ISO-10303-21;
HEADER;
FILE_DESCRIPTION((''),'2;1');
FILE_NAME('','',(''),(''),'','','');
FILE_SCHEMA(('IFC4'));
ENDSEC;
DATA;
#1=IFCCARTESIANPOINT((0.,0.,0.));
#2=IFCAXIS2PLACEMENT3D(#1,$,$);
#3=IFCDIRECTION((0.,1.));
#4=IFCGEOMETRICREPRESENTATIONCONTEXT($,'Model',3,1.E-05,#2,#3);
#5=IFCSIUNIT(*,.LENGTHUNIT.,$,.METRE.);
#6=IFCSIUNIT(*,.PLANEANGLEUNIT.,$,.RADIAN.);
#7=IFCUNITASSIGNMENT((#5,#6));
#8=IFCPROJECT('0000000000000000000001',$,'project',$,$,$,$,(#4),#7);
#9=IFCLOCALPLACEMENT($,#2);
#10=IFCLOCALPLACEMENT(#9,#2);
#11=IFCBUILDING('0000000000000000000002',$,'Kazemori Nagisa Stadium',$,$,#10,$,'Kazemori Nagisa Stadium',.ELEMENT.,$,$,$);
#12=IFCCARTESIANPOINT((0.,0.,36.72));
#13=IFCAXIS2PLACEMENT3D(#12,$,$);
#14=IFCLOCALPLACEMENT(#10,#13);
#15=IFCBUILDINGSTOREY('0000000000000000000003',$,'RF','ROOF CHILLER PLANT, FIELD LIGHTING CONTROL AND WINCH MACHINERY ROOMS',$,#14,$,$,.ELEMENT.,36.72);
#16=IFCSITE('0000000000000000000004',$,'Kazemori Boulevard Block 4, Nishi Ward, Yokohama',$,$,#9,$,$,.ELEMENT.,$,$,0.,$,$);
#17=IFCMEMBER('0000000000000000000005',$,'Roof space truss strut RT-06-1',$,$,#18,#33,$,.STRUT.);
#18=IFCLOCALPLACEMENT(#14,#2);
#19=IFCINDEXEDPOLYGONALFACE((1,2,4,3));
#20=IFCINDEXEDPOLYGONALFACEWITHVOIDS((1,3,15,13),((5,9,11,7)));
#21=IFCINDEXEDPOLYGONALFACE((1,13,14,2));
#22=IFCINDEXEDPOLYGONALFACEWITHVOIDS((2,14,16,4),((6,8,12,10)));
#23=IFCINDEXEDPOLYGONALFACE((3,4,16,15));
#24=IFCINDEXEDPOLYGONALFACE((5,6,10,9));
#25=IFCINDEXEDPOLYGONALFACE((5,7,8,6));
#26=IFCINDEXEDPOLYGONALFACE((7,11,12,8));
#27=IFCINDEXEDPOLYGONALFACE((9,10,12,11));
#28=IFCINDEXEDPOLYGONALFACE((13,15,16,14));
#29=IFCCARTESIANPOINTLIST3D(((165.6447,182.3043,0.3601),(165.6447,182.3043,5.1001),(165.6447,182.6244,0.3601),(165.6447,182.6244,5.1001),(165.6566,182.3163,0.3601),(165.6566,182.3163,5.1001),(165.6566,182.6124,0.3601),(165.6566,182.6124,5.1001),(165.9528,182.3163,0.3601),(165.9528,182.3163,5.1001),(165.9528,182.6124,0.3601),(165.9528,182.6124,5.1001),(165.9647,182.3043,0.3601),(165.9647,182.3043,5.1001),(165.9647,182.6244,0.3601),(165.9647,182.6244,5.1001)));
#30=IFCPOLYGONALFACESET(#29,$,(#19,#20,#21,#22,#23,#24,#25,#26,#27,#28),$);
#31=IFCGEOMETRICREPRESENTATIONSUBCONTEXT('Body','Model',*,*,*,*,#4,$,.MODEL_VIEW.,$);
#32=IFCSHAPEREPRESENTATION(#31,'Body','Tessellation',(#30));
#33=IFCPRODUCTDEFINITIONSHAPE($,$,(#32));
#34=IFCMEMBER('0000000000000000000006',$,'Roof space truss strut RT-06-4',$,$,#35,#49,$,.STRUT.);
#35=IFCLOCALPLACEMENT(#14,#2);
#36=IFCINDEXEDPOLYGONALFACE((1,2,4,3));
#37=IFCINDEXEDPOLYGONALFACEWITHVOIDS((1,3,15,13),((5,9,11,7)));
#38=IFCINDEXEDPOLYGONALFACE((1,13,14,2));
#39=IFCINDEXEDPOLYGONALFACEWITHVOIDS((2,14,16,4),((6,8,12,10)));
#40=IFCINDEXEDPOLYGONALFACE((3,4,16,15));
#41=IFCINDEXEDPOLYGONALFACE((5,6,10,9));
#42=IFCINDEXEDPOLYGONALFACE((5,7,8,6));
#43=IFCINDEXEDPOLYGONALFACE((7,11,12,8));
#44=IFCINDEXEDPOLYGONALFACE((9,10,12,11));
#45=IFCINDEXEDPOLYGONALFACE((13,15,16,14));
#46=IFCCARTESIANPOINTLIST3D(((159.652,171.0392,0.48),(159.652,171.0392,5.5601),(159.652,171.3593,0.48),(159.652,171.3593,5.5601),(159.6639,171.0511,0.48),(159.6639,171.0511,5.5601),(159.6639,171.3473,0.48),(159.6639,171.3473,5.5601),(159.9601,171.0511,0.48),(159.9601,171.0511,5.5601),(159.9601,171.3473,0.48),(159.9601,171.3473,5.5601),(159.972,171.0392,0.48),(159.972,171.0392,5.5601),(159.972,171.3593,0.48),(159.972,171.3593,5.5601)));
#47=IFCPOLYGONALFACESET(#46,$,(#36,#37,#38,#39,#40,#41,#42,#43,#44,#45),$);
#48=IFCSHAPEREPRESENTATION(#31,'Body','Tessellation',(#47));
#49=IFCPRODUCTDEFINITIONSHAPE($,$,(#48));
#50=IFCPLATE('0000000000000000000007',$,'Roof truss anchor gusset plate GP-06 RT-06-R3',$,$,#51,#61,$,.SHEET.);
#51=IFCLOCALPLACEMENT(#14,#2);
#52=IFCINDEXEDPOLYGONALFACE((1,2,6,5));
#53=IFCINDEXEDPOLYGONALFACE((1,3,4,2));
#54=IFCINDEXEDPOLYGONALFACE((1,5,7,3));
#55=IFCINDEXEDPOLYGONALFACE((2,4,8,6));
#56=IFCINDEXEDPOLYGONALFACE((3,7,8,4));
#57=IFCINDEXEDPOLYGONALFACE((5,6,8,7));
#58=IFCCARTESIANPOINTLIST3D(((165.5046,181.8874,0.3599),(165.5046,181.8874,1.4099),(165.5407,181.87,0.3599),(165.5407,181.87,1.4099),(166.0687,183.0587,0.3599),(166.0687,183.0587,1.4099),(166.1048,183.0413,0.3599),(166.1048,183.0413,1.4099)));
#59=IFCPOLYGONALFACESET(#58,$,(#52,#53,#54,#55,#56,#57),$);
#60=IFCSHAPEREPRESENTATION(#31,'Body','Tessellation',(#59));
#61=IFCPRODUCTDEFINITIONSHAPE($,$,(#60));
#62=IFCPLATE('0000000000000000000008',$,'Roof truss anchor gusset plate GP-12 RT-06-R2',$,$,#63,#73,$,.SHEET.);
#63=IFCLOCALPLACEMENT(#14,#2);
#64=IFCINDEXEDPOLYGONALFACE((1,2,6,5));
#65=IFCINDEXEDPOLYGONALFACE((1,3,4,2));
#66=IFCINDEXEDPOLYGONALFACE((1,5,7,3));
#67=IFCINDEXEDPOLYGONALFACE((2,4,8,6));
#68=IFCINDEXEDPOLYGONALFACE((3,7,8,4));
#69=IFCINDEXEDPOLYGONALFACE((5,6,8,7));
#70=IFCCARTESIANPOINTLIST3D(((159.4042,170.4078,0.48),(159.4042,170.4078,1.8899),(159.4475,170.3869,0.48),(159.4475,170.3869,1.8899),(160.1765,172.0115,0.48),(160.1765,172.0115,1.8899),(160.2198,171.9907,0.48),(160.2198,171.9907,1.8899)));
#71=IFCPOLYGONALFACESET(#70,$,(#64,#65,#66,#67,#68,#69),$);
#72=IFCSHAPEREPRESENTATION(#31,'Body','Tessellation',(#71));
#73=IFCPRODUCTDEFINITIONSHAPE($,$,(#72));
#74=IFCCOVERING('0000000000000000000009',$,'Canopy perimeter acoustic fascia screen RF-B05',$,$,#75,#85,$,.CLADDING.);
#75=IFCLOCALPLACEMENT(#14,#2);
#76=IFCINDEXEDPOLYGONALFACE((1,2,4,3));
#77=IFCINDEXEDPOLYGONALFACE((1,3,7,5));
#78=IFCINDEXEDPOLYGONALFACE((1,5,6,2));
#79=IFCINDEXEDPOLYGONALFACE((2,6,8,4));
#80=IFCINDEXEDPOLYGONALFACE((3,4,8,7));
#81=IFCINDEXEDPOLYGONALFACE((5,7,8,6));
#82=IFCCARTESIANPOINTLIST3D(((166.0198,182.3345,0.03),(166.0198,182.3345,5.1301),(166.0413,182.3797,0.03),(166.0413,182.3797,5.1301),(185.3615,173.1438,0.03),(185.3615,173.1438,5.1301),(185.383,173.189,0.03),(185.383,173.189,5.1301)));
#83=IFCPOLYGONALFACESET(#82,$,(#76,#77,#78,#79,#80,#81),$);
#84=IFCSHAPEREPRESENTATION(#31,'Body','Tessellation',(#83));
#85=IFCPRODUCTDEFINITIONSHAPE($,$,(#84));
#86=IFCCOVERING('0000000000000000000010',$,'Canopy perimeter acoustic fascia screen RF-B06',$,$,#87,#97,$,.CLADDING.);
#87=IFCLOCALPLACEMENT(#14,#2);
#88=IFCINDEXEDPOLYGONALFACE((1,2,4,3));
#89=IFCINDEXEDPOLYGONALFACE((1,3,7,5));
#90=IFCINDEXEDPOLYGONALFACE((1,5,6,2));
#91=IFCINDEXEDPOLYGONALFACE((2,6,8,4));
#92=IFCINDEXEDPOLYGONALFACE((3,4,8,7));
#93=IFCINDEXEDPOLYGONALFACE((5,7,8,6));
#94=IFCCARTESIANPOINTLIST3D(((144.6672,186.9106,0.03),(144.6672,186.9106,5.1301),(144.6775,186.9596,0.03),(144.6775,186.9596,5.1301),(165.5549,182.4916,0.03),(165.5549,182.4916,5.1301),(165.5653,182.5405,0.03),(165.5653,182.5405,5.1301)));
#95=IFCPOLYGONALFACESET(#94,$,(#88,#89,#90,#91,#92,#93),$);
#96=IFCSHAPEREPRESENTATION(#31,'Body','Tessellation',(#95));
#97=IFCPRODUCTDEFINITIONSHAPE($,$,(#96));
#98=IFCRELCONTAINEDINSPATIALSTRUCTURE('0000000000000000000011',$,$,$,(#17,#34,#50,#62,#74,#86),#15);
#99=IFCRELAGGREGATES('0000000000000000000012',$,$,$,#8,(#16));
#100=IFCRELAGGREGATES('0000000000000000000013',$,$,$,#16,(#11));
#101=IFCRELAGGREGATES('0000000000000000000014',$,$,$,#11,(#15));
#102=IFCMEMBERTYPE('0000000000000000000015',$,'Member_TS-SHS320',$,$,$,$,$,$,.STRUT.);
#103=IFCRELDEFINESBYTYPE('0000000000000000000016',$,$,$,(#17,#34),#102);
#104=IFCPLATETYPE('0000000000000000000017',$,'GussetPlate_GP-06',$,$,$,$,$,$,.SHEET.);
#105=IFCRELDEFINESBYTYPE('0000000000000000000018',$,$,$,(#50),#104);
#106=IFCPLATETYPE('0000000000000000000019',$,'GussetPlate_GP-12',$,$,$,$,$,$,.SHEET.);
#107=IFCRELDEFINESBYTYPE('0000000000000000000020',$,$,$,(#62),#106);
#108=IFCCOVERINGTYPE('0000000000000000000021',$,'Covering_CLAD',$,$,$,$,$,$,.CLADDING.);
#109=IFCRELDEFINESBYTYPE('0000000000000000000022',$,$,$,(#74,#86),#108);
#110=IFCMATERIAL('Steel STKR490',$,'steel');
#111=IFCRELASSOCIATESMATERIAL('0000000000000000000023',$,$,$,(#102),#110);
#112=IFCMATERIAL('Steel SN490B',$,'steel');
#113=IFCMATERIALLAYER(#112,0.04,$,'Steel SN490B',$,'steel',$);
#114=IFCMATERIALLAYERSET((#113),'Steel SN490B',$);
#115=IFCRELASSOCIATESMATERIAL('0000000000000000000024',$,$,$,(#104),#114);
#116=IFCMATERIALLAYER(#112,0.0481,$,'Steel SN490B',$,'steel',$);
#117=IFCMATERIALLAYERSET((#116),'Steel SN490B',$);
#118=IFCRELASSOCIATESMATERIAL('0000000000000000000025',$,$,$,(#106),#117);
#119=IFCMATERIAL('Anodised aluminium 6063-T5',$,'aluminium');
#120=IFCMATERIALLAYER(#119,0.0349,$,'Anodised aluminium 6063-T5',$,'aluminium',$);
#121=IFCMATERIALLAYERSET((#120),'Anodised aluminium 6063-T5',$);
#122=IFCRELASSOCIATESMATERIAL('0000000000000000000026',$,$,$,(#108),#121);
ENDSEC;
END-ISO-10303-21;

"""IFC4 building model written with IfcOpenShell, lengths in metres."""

from ifc_helpers import new_model, si_unit, direction, frame, origin, origin_2d, place, context, subcontext, project, spatial, rectangle, hollow_rectangle, extrude, material, layer, layer_set, material_profile, profile_set, type_object, element, save


model = new_model("IFC4")

# Units and contexts
model_context = context("Model", 3, precision=1e-05, world=origin(), true_north=direction((0.0, 1.0)))
body_context = subcontext(model_context, "Body", "Model", "MODEL_VIEW")
ifc_project = project(units=[si_unit("LENGTHUNIT", "METRE"), si_unit("PLANEANGLEUNIT", "RADIAN")], contexts=[model_context])

# Site, building, storey
site_placement = place(None, origin())
site = spatial("IfcSite", under=ifc_project, at=site_placement, Name="Kazemori Boulevard Block 4, Nishi Ward, Yokohama", CompositionType="ELEMENT", RefElevation=0.0)
building_placement = place(site_placement, origin())
building = spatial("IfcBuilding", under=site, at=building_placement, Name="Kazemori Nagisa Stadium", LongName="Kazemori Nagisa Stadium", CompositionType="ELEMENT")
storey_placement = place(building_placement, frame((0.0, 0.0, 36.72)))
storey = spatial("IfcBuildingStorey", under=building, at=storey_placement, Name="RF", Description="ROOF CHILLER PLANT, FIELD LIGHTING CONTROL AND WINCH MACHINERY ROOMS", CompositionType="ELEMENT", Elevation=36.72)

# Shared definitions
ifc_material_1 = material(Name="Steel SN490B", Category="steel")

# Members
ifc_material_2 = material(Name="Steel STKR490", Category="steel")
ifc_material_profile_1 = material_profile(ifc_material_2, hollow_rectangle(XDim=0.3201, YDim=0.3201, WallThickness=0.012, at=origin_2d()), Name="SHS-320x320x12")
ifc_profile_set_1 = profile_set([ifc_material_profile_1], Name="Steel STKR490")
member_type_1 = type_object("IfcMemberType", Name="Member_TS-SHS320", PredefinedType="STRUT", material=ifc_profile_set_1)
member_1_placement = place(storey_placement, frame((165.8047, 182.4644, 0.3601), z_axis=(0.0, 0.0, 1.0), x_axis=(1.0, 0.0, 0.0)))
element("IfcMember", 1, at=member_1_placement, inside=storey, type_object=member_type_1, Name="Roof space truss strut RT-06-1", PredefinedType="STRUT", context=body_context, shape_type="SweptSolid", body=[
    extrude(hollow_rectangle(XDim=0.3201, YDim=0.3201, WallThickness=0.012, at=origin_2d()), origin(), (0.0, 0.0, 1.0), 4.74),
])
member_2_placement = place(storey_placement, frame((159.812, 171.1992, 0.48), z_axis=(0.0, 0.0, 1.0), x_axis=(1.0, 0.0, 0.0)))
element("IfcMember", 2, at=member_2_placement, inside=storey, type_object=member_type_1, Name="Roof space truss strut RT-06-4", PredefinedType="STRUT", context=body_context, shape_type="SweptSolid", body=[
    extrude(hollow_rectangle(XDim=0.3201, YDim=0.3201, WallThickness=0.012, at=origin_2d()), origin(), (0.0, 0.0, 1.0), 5.0801),
])

# Plates
ifc_layer_1 = layer(ifc_material_1, 0.04, Name="Steel SN490B", Category="steel")
ifc_layer_set_1 = layer_set([ifc_layer_1], Name="Steel SN490B")
plate_type_1 = type_object("IfcPlateType", Name="GussetPlate_GP-06", PredefinedType="SHEET", material=ifc_layer_set_1)
plate_1_placement = place(storey_placement, frame((165.8047, 182.4644, 0.3599), z_axis=(0.0, 0.0, 1.0), x_axis=(0.433884, 0.900969, 0.0)))
element("IfcPlate", 3, at=plate_1_placement, inside=storey, type_object=plate_type_1, Name="Roof truss anchor gusset plate GP-06 RT-06-R3", PredefinedType="SHEET", context=body_context, shape_type="SweptSolid", body=[
    extrude(rectangle(XDim=1.3, YDim=0.04, at=origin_2d()), origin(), (0.0, 0.0, 1.0), 1.05),
])
ifc_layer_2 = layer(ifc_material_1, 0.0481, Name="Steel SN490B", Category="steel")
ifc_layer_set_2 = layer_set([ifc_layer_2], Name="Steel SN490B")
plate_type_2 = type_object("IfcPlateType", Name="GussetPlate_GP-12", PredefinedType="SHEET", material=ifc_layer_set_2)
plate_2_placement = place(storey_placement, frame((159.812, 171.1992, 0.48), z_axis=(0.0, 0.0, 1.0), x_axis=(0.433884, 0.900969, 0.0)))
element("IfcPlate", 4, at=plate_2_placement, inside=storey, type_object=plate_type_2, Name="Roof truss anchor gusset plate GP-12 RT-06-R2", PredefinedType="SHEET", context=body_context, shape_type="SweptSolid", body=[
    extrude(rectangle(XDim=1.78, YDim=0.0481, at=origin_2d()), origin(), (0.0, 0.0, 1.0), 1.4099),
])

# Coverings
ifc_material_3 = material(Name="Anodised aluminium 6063-T5", Category="aluminium")
ifc_layer_3 = layer(ifc_material_3, 0.0349, Name="Anodised aluminium 6063-T5", Category="aluminium")
ifc_layer_set_3 = layer_set([ifc_layer_3], Name="Anodised aluminium 6063-T5")
covering_type = type_object("IfcCoveringType", Name="Covering_CLAD", PredefinedType="CLADDING", material=ifc_layer_set_3)
covering_1_placement = place(storey_placement, frame((175.7014, 177.7617, 0.03), z_axis=(0.0, 0.0, 1.0), x_axis=(-0.903216, 0.429186, 0.0)))
element("IfcCovering", 5, at=covering_1_placement, inside=storey, type_object=covering_type, Name="Canopy perimeter acoustic fascia screen RF-B05", PredefinedType="CLADDING", context=body_context, shape_type="SweptSolid", body=[
    extrude(rectangle(XDim=21.4143, YDim=0.05, at=origin_2d()), origin(), (0.0, 0.0, 1.0), 5.1001),
])
covering_2_placement = place(storey_placement, frame((155.1162, 184.7256, 0.03), z_axis=(0.0, 0.0, 1.0), x_axis=(-0.978345, 0.206981, 0.0)))
element("IfcCovering", 6, at=covering_2_placement, inside=storey, type_object=covering_type, Name="Canopy perimeter acoustic fascia screen RF-B06", PredefinedType="CLADDING", context=body_context, shape_type="SweptSolid", body=[
    extrude(rectangle(XDim=21.3501, YDim=0.05, at=origin_2d()), origin(), (0.0, 0.0, 1.0), 5.1001),
])

save(model, "model.ifc")
